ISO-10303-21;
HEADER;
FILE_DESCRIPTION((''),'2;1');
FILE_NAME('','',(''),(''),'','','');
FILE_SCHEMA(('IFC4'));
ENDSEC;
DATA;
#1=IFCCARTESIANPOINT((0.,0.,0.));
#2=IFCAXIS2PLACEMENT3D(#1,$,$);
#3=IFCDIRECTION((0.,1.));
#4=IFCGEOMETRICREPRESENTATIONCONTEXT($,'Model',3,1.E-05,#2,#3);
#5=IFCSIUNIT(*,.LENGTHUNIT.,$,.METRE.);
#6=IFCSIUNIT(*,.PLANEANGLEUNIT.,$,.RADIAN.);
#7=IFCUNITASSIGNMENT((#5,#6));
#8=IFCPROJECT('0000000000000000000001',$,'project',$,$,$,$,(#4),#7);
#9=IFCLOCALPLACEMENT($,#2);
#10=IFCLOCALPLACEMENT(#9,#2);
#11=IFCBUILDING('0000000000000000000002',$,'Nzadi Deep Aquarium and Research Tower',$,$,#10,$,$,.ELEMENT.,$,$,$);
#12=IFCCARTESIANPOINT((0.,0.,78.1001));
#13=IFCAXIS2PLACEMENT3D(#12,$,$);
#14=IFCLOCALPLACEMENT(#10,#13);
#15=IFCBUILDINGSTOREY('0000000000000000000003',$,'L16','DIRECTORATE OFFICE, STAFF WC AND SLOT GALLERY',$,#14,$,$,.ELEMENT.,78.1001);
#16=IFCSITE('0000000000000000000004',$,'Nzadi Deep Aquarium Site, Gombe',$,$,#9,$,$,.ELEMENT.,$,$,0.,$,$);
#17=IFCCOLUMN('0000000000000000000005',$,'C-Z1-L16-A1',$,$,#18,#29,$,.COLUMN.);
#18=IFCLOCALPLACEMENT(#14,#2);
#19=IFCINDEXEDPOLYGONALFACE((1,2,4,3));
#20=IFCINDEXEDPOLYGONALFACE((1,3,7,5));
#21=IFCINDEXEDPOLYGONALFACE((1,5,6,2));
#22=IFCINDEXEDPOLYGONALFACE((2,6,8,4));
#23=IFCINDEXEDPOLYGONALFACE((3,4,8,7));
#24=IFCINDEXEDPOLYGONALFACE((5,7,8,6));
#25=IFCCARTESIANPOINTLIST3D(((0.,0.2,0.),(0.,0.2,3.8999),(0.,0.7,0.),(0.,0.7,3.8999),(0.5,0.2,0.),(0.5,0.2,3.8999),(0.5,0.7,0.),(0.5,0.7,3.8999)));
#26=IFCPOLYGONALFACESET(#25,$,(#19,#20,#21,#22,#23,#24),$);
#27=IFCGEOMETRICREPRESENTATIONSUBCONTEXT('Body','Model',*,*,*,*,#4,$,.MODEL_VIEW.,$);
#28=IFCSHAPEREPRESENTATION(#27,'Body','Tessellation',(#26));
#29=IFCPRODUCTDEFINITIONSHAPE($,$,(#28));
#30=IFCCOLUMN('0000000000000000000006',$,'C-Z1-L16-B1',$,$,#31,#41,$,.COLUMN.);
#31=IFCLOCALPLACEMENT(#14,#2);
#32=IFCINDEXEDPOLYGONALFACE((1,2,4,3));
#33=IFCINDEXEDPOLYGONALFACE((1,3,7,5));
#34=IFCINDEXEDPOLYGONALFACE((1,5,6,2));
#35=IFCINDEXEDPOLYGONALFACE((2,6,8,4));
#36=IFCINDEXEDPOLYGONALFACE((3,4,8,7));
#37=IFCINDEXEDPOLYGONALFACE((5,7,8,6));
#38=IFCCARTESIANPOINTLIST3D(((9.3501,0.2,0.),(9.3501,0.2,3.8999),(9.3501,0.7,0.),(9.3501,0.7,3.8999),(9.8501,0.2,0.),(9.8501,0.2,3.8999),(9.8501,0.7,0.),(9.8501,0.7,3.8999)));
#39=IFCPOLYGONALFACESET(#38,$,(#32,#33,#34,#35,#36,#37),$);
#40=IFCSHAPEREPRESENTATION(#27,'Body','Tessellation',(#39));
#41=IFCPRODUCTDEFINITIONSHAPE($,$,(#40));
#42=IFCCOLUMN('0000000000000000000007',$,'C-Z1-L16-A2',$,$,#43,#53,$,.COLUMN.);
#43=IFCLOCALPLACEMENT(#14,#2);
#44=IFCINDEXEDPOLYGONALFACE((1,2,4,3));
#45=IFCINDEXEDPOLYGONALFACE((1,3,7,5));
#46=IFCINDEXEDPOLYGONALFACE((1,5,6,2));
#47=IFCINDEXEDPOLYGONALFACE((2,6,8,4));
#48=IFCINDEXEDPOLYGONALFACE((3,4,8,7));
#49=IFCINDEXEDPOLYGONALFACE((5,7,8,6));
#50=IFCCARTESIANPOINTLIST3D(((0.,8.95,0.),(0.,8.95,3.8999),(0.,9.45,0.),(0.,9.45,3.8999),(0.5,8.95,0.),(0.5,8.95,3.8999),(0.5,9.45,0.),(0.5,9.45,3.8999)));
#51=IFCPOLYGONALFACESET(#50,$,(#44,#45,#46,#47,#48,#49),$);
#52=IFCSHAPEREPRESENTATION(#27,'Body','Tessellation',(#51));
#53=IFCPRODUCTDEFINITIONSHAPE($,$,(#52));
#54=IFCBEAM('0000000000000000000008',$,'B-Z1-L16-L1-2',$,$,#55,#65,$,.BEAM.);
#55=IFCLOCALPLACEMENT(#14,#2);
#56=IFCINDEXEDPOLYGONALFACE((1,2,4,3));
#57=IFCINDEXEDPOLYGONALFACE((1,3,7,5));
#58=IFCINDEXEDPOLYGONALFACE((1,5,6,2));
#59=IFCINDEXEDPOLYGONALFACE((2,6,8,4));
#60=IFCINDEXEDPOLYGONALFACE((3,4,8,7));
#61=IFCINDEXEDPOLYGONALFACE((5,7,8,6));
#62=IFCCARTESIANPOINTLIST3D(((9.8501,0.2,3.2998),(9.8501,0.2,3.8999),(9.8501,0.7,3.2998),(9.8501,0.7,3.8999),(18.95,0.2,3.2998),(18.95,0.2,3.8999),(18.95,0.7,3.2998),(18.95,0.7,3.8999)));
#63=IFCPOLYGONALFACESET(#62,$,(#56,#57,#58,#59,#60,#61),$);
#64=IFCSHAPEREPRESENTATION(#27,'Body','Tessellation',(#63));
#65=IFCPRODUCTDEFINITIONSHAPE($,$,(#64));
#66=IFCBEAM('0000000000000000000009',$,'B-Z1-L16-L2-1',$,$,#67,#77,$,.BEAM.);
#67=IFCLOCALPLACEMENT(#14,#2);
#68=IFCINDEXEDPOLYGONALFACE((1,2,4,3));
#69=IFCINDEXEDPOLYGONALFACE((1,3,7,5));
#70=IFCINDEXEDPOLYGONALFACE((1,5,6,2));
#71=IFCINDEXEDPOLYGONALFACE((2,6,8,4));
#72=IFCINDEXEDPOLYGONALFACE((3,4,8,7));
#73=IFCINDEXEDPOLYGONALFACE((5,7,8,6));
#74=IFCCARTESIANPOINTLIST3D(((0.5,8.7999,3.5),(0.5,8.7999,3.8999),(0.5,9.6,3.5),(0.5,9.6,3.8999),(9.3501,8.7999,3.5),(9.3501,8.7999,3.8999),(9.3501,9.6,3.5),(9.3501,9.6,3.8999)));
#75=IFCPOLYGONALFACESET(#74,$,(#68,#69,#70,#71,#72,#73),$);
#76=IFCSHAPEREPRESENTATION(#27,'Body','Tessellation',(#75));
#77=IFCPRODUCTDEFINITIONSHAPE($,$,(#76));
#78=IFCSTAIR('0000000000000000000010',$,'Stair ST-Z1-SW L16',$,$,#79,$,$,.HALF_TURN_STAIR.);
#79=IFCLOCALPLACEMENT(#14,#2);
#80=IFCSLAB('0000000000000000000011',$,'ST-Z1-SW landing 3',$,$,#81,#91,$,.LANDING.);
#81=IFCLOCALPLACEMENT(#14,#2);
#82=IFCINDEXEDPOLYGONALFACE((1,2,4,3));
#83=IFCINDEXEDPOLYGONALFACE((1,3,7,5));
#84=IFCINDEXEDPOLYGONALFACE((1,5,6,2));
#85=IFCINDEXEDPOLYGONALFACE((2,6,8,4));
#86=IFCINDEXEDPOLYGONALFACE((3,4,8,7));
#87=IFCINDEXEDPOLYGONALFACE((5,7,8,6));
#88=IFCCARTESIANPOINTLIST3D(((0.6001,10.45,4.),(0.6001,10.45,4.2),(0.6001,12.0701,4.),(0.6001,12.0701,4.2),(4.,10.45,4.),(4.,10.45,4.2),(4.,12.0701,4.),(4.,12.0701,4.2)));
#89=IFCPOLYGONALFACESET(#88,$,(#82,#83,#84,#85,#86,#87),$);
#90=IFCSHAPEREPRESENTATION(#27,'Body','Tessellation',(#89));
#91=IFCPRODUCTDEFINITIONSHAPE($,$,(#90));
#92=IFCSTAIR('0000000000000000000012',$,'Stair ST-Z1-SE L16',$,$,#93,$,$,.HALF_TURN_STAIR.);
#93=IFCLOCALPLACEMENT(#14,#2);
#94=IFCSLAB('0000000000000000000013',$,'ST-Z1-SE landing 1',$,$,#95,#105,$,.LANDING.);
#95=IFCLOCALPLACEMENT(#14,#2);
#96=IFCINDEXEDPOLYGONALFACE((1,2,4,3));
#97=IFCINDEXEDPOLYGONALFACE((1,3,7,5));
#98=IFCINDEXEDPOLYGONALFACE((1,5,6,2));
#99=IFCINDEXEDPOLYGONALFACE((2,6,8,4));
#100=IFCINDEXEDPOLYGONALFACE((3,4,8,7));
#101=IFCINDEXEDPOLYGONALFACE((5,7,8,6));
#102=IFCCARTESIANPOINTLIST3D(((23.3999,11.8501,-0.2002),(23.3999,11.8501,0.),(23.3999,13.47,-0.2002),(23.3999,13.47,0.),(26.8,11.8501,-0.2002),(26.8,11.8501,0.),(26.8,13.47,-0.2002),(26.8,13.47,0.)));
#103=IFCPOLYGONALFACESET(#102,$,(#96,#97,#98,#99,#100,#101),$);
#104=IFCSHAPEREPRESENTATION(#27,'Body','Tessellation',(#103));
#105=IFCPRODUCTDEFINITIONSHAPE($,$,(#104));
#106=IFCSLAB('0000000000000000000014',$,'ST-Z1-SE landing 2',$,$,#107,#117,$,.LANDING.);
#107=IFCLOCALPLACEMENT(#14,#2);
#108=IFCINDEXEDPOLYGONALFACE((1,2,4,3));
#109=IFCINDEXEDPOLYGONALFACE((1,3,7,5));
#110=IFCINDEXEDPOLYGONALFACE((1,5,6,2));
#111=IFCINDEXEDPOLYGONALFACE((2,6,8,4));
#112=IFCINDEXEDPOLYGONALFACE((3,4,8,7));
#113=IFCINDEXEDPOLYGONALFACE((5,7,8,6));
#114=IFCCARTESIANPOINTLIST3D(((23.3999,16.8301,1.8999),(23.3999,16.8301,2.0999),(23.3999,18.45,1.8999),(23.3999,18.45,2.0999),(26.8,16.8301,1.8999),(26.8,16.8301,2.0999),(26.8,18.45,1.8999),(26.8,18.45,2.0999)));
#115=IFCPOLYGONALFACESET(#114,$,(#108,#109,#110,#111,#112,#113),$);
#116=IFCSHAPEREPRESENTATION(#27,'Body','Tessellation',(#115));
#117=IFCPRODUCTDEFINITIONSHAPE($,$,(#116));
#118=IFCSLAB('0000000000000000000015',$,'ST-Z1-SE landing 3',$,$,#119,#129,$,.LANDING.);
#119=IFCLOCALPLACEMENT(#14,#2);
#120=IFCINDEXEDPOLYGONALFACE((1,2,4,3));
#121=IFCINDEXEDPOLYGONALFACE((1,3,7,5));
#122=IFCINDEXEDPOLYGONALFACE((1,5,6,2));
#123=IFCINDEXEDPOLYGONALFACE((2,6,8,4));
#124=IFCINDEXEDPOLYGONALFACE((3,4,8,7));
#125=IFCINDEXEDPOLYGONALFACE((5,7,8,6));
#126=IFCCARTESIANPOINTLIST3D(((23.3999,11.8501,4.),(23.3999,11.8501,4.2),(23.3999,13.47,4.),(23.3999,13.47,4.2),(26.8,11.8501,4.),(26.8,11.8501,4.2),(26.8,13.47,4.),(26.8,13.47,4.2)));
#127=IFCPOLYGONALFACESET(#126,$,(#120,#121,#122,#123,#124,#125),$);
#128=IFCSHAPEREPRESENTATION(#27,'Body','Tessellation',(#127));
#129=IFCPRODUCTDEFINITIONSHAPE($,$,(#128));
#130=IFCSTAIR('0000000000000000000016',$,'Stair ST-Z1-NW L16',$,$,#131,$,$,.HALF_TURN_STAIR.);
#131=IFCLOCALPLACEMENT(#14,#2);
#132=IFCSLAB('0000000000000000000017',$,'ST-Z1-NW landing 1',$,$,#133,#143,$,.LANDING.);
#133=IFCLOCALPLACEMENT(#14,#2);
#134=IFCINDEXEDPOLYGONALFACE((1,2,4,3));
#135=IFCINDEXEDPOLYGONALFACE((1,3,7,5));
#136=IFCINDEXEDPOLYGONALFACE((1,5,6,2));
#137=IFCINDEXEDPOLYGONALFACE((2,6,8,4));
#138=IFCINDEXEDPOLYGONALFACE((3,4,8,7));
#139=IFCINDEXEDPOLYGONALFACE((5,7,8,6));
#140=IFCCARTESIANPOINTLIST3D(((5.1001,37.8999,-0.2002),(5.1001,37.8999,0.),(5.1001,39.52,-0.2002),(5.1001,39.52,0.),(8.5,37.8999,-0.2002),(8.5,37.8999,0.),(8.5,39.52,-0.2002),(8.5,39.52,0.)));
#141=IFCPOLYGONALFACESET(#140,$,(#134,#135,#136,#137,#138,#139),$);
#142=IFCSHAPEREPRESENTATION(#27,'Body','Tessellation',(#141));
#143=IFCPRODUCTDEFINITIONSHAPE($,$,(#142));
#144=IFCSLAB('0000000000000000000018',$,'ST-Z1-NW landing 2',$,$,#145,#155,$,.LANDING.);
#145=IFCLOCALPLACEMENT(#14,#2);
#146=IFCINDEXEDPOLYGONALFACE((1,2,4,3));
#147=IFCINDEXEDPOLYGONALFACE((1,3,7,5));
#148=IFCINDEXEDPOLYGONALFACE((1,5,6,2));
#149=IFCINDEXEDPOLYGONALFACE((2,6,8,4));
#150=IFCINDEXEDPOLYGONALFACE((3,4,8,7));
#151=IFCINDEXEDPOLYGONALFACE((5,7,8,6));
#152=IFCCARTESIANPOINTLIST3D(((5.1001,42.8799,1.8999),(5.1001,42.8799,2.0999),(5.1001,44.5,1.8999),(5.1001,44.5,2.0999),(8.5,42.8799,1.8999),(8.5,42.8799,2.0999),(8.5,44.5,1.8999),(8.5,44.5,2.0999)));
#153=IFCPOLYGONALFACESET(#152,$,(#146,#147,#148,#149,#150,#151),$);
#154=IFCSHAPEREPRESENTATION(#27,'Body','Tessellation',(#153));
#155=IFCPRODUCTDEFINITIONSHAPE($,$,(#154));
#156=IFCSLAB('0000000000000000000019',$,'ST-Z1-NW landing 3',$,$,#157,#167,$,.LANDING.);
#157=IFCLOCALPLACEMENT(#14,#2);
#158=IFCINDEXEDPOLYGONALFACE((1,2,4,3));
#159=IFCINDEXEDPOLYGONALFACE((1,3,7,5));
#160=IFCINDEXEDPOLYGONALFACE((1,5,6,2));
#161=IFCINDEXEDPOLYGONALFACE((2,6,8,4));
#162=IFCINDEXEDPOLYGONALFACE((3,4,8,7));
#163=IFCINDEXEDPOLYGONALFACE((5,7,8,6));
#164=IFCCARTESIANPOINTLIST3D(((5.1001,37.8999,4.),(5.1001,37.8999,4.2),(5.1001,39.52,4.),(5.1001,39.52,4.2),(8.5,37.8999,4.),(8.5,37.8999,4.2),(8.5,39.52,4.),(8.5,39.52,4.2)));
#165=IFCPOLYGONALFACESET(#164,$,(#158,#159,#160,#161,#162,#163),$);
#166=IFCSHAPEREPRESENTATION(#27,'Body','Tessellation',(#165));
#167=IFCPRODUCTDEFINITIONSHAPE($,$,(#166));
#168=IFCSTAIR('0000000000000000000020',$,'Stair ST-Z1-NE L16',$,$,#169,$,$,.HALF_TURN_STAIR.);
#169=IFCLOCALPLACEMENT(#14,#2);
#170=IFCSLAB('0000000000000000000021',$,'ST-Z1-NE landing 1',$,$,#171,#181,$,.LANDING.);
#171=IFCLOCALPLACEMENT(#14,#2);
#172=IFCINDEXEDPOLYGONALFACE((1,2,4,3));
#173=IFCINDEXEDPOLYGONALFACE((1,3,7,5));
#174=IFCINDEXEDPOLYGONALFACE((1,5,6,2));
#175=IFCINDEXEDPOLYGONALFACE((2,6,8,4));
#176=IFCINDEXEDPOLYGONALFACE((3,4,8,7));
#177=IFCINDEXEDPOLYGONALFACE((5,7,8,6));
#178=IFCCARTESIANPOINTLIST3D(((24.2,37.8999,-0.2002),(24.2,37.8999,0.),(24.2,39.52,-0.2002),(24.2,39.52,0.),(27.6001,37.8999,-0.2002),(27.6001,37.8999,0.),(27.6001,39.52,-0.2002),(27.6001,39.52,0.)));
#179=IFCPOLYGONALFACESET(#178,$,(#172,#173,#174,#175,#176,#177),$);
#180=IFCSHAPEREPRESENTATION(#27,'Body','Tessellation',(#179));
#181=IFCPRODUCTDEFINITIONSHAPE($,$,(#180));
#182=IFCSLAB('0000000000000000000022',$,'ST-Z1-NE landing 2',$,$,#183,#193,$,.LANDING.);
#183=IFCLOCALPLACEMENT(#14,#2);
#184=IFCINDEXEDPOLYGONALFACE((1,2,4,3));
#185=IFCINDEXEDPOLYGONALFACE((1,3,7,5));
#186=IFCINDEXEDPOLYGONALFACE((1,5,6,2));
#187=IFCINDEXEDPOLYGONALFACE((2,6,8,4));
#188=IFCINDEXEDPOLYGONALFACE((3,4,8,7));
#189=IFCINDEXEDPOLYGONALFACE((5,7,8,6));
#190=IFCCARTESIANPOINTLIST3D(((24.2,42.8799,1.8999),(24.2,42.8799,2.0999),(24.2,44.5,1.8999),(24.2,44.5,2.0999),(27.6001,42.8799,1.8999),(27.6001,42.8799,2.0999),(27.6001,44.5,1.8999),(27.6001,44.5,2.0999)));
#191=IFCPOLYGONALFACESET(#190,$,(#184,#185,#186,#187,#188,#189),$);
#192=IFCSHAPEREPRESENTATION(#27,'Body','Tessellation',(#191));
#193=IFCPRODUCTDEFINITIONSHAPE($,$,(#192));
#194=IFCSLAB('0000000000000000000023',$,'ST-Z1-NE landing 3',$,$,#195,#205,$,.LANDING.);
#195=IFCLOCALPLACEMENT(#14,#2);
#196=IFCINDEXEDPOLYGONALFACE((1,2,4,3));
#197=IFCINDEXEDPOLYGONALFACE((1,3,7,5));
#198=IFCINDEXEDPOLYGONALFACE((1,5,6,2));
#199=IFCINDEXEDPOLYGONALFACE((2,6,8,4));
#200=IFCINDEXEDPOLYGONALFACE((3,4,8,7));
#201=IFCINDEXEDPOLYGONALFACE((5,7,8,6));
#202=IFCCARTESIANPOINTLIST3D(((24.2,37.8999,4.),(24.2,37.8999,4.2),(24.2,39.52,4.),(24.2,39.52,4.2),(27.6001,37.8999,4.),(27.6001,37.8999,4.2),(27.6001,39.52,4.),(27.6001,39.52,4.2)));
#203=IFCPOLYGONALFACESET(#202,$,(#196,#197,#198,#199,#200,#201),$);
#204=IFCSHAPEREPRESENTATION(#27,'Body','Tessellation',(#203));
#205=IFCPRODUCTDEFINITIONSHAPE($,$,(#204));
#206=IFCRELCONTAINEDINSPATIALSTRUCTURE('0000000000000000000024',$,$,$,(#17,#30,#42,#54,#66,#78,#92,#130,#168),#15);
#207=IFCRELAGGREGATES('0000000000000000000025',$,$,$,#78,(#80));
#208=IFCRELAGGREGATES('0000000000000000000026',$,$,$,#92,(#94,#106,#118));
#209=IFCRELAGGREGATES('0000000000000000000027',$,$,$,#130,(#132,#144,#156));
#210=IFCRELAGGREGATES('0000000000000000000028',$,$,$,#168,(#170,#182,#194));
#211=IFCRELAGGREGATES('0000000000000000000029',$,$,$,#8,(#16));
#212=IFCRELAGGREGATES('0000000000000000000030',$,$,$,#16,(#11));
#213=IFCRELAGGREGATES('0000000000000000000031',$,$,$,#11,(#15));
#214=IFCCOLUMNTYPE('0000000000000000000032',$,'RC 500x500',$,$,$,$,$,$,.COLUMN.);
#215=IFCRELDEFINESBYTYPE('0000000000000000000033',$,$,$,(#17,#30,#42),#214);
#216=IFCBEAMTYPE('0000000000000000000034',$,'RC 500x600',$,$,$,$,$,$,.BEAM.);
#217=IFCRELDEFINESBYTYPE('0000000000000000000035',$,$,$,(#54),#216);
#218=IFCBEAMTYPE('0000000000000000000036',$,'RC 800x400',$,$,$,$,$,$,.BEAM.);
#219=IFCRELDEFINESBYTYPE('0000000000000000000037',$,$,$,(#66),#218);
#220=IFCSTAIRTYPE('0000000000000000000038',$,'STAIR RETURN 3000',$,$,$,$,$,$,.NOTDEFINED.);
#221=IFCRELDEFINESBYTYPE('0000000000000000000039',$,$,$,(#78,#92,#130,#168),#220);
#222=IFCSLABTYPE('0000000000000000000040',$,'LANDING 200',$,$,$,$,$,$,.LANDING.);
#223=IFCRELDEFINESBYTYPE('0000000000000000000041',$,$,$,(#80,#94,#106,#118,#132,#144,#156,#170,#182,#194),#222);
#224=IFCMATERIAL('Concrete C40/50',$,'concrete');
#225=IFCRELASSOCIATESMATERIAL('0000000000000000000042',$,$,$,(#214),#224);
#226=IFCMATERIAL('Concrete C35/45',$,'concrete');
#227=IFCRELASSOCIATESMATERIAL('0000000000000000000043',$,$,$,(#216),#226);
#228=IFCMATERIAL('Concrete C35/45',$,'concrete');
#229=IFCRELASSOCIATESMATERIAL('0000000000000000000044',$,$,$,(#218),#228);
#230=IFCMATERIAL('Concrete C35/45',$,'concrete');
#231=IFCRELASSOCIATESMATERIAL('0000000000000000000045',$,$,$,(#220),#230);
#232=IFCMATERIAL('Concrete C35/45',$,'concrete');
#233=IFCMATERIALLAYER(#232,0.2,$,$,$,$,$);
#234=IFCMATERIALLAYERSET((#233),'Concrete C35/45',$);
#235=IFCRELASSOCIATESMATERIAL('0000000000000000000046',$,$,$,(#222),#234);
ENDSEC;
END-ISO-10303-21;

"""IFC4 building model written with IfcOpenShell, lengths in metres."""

from ifc_helpers import new_model, si_unit, direction, frame, origin, origin_2d, place, context, subcontext, project, spatial, polyline, rectangle, outline, extrude, material, layer, layer_set, material_profile, profile_set, type_object, element, aggregate, save


model = new_model("IFC4")

# Units and contexts
model_context = context("Model", 3, precision=1e-05, world=origin(), true_north=direction((0.0, 1.0)))
body_context = subcontext(model_context, "Body", "Model", "MODEL_VIEW")
ifc_project = project(units=[si_unit("LENGTHUNIT", "METRE"), si_unit("PLANEANGLEUNIT", "RADIAN")], contexts=[model_context])

# Site, building, storey
site_placement = place(None, origin())
site = spatial("IfcSite", under=ifc_project, at=site_placement, Name="Nzadi Deep Aquarium Site, Gombe", CompositionType="ELEMENT", RefElevation=0.0)
building_placement = place(site_placement, origin())
building = spatial("IfcBuilding", under=site, at=building_placement, Name="Nzadi Deep Aquarium and Research Tower", CompositionType="ELEMENT")
storey_placement = place(building_placement, frame((0.0, 0.0, 78.1001)))
storey = spatial("IfcBuildingStorey", under=building, at=storey_placement, Name="L16", Description="DIRECTORATE OFFICE, STAFF WC AND SLOT GALLERY", CompositionType="ELEMENT", Elevation=78.1001)

# Columns
ifc_material_1 = material(Name="Concrete C40/50", Category="concrete")
ifc_material_profile_1 = material_profile(ifc_material_1, rectangle(XDim=0.5, YDim=0.5, at=origin_2d()))
ifc_profile_set_1 = profile_set([ifc_material_profile_1], Name="Concrete C40/50")
column_type = type_object("IfcColumnType", Name="RC 500x500", PredefinedType="COLUMN", material=ifc_profile_set_1)
for number, where, z_axis, x_axis, name in (
    (1, (0.25, 0.45, 0.0), (0.0, 0.0, 1.0), (1.0, 0.0, 0.0), "C-Z1-L16-A1"),
    (2, (9.6001, 0.45, 0.0), (0.0, 0.0, 1.0), (1.0, 0.0, 0.0), "C-Z1-L16-B1"),
    (3, (0.25, 9.2, 0.0), (0.0, 0.0, 1.0), (1.0, 0.0, 0.0), "C-Z1-L16-A2"),
):
    element("IfcColumn", number, at=place(storey_placement, frame(where, z_axis=z_axis, x_axis=x_axis)), inside=storey, type_object=column_type, Name=name, PredefinedType="COLUMN", context=body_context, shape_type="SweptSolid", body=[
        extrude(rectangle(XDim=0.5, YDim=0.5, at=origin_2d()), origin(), (0.0, 0.0, 1.0), 3.8999),
    ])

# Beams
ifc_material_2 = material(Name="Concrete C35/45", Category="concrete")
ifc_material_profile_2 = material_profile(ifc_material_2, rectangle(XDim=0.5, YDim=0.6001, at=origin_2d()))
ifc_profile_set_2 = profile_set([ifc_material_profile_2], Name="Concrete C35/45")
beam_type_1 = type_object("IfcBeamType", Name="RC 500x600", PredefinedType="BEAM", material=ifc_profile_set_2)
beam_1_placement = place(storey_placement, frame((9.8501, 0.45, 3.5999), z_axis=(1.0, 0.0, 0.0), x_axis=(0.0, 1.0, 0.0)))
element("IfcBeam", 4, at=beam_1_placement, inside=storey, type_object=beam_type_1, Name="B-Z1-L16-L1-2", PredefinedType="BEAM", context=body_context, shape_type="SweptSolid", body=[
    extrude(rectangle(XDim=0.5, YDim=0.6001, at=origin_2d()), origin(), (0.0, 0.0, 1.0), 9.0999),
])
ifc_material_3 = material(Name="Concrete C35/45", Category="concrete")
ifc_material_profile_3 = material_profile(ifc_material_3, rectangle(XDim=0.8, YDim=0.3999, at=origin_2d()))
ifc_profile_set_3 = profile_set([ifc_material_profile_3], Name="Concrete C35/45")
beam_type_2 = type_object("IfcBeamType", Name="RC 800x400", PredefinedType="BEAM", material=ifc_profile_set_3)
beam_2_placement = place(storey_placement, frame((0.5, 9.2, 3.7), z_axis=(1.0, 0.0, 0.0), x_axis=(0.0, 1.0, 0.0)))
element("IfcBeam", 5, at=beam_2_placement, inside=storey, type_object=beam_type_2, Name="B-Z1-L16-L2-1", PredefinedType="BEAM", context=body_context, shape_type="SweptSolid", body=[
    extrude(rectangle(XDim=0.8, YDim=0.3999, at=origin_2d()), origin(), (0.0, 0.0, 1.0), 8.8501),
])

# Stair, slab
ifc_material_4 = material(Name="Concrete C35/45", Category="concrete")
stair_type = type_object("IfcStairType", Name="STAIR RETURN 3000", PredefinedType="NOTDEFINED", material=ifc_material_4)
stair_1_placement = place(storey_placement, origin())
stair_1 = element("IfcStair", 6, at=stair_1_placement, inside=storey, type_object=stair_type, Name="Stair ST-Z1-SW L16", PredefinedType="HALF_TURN_STAIR")
ifc_material_5 = material(Name="Concrete C35/45", Category="concrete")
ifc_layer_1 = layer(ifc_material_5, 0.2)
ifc_layer_set_1 = layer_set([ifc_layer_1], Name="Concrete C35/45")
slab_type = type_object("IfcSlabType", Name="LANDING 200", PredefinedType="LANDING", material=ifc_layer_set_1)
slab_1_placement = place(storey_placement, frame((0.0, 0.0, 4.0)))
slab_1 = element("IfcSlab", 7, at=slab_1_placement, type_object=slab_type, Name="ST-Z1-SW landing 3", PredefinedType="LANDING", context=body_context, shape_type="SweptSolid", body=[
    extrude(outline(polyline([(0.6001, 10.45), (4.0, 10.45), (4.0, 12.0701), (0.6001, 12.0701), (0.6001, 10.45)])), origin(), (0.0, 0.0, 1.0), 0.2),
])
aggregate(stair_1, [slab_1])

# Stairs, slabs
stair_2_placement = place(storey_placement, origin())
stair_2 = element("IfcStair", 8, at=stair_2_placement, inside=storey, type_object=stair_type, Name="Stair ST-Z1-SE L16", PredefinedType="HALF_TURN_STAIR")
slab_2_placement = place(storey_placement, frame((0.0, 0.0, -0.2002)))
slab_2 = element("IfcSlab", 9, at=slab_2_placement, type_object=slab_type, Name="ST-Z1-SE landing 1", PredefinedType="LANDING", context=body_context, shape_type="SweptSolid", body=[
    extrude(outline(polyline([(23.3999, 11.8501), (26.8, 11.8501), (26.8, 13.47), (23.3999, 13.47), (23.3999, 11.8501)])), origin(), (0.0, 0.0, 1.0), 0.2002),
])
slab_3_placement = place(storey_placement, frame((0.0, 0.0, 1.8999)))
slab_3 = element("IfcSlab", 10, at=slab_3_placement, type_object=slab_type, Name="ST-Z1-SE landing 2", PredefinedType="LANDING", context=body_context, shape_type="SweptSolid", body=[
    extrude(outline(polyline([(23.3999, 16.8301), (26.8, 16.8301), (26.8, 18.45), (23.3999, 18.45), (23.3999, 16.8301)])), origin(), (0.0, 0.0, 1.0), 0.2),
])
slab_4_placement = place(storey_placement, frame((0.0, 0.0, 4.0)))
slab_4 = element("IfcSlab", 11, at=slab_4_placement, type_object=slab_type, Name="ST-Z1-SE landing 3", PredefinedType="LANDING", context=body_context, shape_type="SweptSolid", body=[
    extrude(outline(polyline([(23.3999, 11.8501), (26.8, 11.8501), (26.8, 13.47), (23.3999, 13.47), (23.3999, 11.8501)])), origin(), (0.0, 0.0, 1.0), 0.2),
])
aggregate(stair_2, [slab_2, slab_3, slab_4])
stair_3_placement = place(storey_placement, origin())
stair_3 = element("IfcStair", 12, at=stair_3_placement, inside=storey, type_object=stair_type, Name="Stair ST-Z1-NW L16", PredefinedType="HALF_TURN_STAIR")
slab_5_placement = place(storey_placement, frame((0.0, 0.0, -0.2002)))
slab_5 = element("IfcSlab", 13, at=slab_5_placement, type_object=slab_type, Name="ST-Z1-NW landing 1", PredefinedType="LANDING", context=body_context, shape_type="SweptSolid", body=[
    extrude(outline(polyline([(5.1001, 37.8999), (8.5, 37.8999), (8.5, 39.52), (5.1001, 39.52), (5.1001, 37.8999)])), origin(), (0.0, 0.0, 1.0), 0.2002),
])
slab_6_placement = place(storey_placement, frame((0.0, 0.0, 1.8999)))
slab_6 = element("IfcSlab", 14, at=slab_6_placement, type_object=slab_type, Name="ST-Z1-NW landing 2", PredefinedType="LANDING", context=body_context, shape_type="SweptSolid", body=[
    extrude(outline(polyline([(5.1001, 42.8799), (8.5, 42.8799), (8.5, 44.5), (5.1001, 44.5), (5.1001, 42.8799)])), origin(), (0.0, 0.0, 1.0), 0.2),
])
slab_7_placement = place(storey_placement, frame((0.0, 0.0, 4.0)))
slab_7 = element("IfcSlab", 15, at=slab_7_placement, type_object=slab_type, Name="ST-Z1-NW landing 3", PredefinedType="LANDING", context=body_context, shape_type="SweptSolid", body=[
    extrude(outline(polyline([(5.1001, 37.8999), (8.5, 37.8999), (8.5, 39.52), (5.1001, 39.52), (5.1001, 37.8999)])), origin(), (0.0, 0.0, 1.0), 0.2),
])
aggregate(stair_3, [slab_5, slab_6, slab_7])
stair_4_placement = place(storey_placement, origin())
stair_4 = element("IfcStair", 16, at=stair_4_placement, inside=storey, type_object=stair_type, Name="Stair ST-Z1-NE L16", PredefinedType="HALF_TURN_STAIR")
slab_8_placement = place(storey_placement, frame((0.0, 0.0, -0.2002)))
slab_8 = element("IfcSlab", 17, at=slab_8_placement, type_object=slab_type, Name="ST-Z1-NE landing 1", PredefinedType="LANDING", context=body_context, shape_type="SweptSolid", body=[
    extrude(outline(polyline([(24.2, 37.8999), (27.6001, 37.8999), (27.6001, 39.52), (24.2, 39.52), (24.2, 37.8999)])), origin(), (0.0, 0.0, 1.0), 0.2002),
])
slab_9_placement = place(storey_placement, frame((0.0, 0.0, 1.8999)))
slab_9 = element("IfcSlab", 18, at=slab_9_placement, type_object=slab_type, Name="ST-Z1-NE landing 2", PredefinedType="LANDING", context=body_context, shape_type="SweptSolid", body=[
    extrude(outline(polyline([(24.2, 42.8799), (27.6001, 42.8799), (27.6001, 44.5), (24.2, 44.5), (24.2, 42.8799)])), origin(), (0.0, 0.0, 1.0), 0.2),
])
slab_10_placement = place(storey_placement, frame((0.0, 0.0, 4.0)))
slab_10 = element("IfcSlab", 19, at=slab_10_placement, type_object=slab_type, Name="ST-Z1-NE landing 3", PredefinedType="LANDING", context=body_context, shape_type="SweptSolid", body=[
    extrude(outline(polyline([(24.2, 37.8999), (27.6001, 37.8999), (27.6001, 39.52), (24.2, 39.52), (24.2, 37.8999)])), origin(), (0.0, 0.0, 1.0), 0.2),
])
aggregate(stair_4, [slab_8, slab_9, slab_10])

save(model, "model.ifc")
